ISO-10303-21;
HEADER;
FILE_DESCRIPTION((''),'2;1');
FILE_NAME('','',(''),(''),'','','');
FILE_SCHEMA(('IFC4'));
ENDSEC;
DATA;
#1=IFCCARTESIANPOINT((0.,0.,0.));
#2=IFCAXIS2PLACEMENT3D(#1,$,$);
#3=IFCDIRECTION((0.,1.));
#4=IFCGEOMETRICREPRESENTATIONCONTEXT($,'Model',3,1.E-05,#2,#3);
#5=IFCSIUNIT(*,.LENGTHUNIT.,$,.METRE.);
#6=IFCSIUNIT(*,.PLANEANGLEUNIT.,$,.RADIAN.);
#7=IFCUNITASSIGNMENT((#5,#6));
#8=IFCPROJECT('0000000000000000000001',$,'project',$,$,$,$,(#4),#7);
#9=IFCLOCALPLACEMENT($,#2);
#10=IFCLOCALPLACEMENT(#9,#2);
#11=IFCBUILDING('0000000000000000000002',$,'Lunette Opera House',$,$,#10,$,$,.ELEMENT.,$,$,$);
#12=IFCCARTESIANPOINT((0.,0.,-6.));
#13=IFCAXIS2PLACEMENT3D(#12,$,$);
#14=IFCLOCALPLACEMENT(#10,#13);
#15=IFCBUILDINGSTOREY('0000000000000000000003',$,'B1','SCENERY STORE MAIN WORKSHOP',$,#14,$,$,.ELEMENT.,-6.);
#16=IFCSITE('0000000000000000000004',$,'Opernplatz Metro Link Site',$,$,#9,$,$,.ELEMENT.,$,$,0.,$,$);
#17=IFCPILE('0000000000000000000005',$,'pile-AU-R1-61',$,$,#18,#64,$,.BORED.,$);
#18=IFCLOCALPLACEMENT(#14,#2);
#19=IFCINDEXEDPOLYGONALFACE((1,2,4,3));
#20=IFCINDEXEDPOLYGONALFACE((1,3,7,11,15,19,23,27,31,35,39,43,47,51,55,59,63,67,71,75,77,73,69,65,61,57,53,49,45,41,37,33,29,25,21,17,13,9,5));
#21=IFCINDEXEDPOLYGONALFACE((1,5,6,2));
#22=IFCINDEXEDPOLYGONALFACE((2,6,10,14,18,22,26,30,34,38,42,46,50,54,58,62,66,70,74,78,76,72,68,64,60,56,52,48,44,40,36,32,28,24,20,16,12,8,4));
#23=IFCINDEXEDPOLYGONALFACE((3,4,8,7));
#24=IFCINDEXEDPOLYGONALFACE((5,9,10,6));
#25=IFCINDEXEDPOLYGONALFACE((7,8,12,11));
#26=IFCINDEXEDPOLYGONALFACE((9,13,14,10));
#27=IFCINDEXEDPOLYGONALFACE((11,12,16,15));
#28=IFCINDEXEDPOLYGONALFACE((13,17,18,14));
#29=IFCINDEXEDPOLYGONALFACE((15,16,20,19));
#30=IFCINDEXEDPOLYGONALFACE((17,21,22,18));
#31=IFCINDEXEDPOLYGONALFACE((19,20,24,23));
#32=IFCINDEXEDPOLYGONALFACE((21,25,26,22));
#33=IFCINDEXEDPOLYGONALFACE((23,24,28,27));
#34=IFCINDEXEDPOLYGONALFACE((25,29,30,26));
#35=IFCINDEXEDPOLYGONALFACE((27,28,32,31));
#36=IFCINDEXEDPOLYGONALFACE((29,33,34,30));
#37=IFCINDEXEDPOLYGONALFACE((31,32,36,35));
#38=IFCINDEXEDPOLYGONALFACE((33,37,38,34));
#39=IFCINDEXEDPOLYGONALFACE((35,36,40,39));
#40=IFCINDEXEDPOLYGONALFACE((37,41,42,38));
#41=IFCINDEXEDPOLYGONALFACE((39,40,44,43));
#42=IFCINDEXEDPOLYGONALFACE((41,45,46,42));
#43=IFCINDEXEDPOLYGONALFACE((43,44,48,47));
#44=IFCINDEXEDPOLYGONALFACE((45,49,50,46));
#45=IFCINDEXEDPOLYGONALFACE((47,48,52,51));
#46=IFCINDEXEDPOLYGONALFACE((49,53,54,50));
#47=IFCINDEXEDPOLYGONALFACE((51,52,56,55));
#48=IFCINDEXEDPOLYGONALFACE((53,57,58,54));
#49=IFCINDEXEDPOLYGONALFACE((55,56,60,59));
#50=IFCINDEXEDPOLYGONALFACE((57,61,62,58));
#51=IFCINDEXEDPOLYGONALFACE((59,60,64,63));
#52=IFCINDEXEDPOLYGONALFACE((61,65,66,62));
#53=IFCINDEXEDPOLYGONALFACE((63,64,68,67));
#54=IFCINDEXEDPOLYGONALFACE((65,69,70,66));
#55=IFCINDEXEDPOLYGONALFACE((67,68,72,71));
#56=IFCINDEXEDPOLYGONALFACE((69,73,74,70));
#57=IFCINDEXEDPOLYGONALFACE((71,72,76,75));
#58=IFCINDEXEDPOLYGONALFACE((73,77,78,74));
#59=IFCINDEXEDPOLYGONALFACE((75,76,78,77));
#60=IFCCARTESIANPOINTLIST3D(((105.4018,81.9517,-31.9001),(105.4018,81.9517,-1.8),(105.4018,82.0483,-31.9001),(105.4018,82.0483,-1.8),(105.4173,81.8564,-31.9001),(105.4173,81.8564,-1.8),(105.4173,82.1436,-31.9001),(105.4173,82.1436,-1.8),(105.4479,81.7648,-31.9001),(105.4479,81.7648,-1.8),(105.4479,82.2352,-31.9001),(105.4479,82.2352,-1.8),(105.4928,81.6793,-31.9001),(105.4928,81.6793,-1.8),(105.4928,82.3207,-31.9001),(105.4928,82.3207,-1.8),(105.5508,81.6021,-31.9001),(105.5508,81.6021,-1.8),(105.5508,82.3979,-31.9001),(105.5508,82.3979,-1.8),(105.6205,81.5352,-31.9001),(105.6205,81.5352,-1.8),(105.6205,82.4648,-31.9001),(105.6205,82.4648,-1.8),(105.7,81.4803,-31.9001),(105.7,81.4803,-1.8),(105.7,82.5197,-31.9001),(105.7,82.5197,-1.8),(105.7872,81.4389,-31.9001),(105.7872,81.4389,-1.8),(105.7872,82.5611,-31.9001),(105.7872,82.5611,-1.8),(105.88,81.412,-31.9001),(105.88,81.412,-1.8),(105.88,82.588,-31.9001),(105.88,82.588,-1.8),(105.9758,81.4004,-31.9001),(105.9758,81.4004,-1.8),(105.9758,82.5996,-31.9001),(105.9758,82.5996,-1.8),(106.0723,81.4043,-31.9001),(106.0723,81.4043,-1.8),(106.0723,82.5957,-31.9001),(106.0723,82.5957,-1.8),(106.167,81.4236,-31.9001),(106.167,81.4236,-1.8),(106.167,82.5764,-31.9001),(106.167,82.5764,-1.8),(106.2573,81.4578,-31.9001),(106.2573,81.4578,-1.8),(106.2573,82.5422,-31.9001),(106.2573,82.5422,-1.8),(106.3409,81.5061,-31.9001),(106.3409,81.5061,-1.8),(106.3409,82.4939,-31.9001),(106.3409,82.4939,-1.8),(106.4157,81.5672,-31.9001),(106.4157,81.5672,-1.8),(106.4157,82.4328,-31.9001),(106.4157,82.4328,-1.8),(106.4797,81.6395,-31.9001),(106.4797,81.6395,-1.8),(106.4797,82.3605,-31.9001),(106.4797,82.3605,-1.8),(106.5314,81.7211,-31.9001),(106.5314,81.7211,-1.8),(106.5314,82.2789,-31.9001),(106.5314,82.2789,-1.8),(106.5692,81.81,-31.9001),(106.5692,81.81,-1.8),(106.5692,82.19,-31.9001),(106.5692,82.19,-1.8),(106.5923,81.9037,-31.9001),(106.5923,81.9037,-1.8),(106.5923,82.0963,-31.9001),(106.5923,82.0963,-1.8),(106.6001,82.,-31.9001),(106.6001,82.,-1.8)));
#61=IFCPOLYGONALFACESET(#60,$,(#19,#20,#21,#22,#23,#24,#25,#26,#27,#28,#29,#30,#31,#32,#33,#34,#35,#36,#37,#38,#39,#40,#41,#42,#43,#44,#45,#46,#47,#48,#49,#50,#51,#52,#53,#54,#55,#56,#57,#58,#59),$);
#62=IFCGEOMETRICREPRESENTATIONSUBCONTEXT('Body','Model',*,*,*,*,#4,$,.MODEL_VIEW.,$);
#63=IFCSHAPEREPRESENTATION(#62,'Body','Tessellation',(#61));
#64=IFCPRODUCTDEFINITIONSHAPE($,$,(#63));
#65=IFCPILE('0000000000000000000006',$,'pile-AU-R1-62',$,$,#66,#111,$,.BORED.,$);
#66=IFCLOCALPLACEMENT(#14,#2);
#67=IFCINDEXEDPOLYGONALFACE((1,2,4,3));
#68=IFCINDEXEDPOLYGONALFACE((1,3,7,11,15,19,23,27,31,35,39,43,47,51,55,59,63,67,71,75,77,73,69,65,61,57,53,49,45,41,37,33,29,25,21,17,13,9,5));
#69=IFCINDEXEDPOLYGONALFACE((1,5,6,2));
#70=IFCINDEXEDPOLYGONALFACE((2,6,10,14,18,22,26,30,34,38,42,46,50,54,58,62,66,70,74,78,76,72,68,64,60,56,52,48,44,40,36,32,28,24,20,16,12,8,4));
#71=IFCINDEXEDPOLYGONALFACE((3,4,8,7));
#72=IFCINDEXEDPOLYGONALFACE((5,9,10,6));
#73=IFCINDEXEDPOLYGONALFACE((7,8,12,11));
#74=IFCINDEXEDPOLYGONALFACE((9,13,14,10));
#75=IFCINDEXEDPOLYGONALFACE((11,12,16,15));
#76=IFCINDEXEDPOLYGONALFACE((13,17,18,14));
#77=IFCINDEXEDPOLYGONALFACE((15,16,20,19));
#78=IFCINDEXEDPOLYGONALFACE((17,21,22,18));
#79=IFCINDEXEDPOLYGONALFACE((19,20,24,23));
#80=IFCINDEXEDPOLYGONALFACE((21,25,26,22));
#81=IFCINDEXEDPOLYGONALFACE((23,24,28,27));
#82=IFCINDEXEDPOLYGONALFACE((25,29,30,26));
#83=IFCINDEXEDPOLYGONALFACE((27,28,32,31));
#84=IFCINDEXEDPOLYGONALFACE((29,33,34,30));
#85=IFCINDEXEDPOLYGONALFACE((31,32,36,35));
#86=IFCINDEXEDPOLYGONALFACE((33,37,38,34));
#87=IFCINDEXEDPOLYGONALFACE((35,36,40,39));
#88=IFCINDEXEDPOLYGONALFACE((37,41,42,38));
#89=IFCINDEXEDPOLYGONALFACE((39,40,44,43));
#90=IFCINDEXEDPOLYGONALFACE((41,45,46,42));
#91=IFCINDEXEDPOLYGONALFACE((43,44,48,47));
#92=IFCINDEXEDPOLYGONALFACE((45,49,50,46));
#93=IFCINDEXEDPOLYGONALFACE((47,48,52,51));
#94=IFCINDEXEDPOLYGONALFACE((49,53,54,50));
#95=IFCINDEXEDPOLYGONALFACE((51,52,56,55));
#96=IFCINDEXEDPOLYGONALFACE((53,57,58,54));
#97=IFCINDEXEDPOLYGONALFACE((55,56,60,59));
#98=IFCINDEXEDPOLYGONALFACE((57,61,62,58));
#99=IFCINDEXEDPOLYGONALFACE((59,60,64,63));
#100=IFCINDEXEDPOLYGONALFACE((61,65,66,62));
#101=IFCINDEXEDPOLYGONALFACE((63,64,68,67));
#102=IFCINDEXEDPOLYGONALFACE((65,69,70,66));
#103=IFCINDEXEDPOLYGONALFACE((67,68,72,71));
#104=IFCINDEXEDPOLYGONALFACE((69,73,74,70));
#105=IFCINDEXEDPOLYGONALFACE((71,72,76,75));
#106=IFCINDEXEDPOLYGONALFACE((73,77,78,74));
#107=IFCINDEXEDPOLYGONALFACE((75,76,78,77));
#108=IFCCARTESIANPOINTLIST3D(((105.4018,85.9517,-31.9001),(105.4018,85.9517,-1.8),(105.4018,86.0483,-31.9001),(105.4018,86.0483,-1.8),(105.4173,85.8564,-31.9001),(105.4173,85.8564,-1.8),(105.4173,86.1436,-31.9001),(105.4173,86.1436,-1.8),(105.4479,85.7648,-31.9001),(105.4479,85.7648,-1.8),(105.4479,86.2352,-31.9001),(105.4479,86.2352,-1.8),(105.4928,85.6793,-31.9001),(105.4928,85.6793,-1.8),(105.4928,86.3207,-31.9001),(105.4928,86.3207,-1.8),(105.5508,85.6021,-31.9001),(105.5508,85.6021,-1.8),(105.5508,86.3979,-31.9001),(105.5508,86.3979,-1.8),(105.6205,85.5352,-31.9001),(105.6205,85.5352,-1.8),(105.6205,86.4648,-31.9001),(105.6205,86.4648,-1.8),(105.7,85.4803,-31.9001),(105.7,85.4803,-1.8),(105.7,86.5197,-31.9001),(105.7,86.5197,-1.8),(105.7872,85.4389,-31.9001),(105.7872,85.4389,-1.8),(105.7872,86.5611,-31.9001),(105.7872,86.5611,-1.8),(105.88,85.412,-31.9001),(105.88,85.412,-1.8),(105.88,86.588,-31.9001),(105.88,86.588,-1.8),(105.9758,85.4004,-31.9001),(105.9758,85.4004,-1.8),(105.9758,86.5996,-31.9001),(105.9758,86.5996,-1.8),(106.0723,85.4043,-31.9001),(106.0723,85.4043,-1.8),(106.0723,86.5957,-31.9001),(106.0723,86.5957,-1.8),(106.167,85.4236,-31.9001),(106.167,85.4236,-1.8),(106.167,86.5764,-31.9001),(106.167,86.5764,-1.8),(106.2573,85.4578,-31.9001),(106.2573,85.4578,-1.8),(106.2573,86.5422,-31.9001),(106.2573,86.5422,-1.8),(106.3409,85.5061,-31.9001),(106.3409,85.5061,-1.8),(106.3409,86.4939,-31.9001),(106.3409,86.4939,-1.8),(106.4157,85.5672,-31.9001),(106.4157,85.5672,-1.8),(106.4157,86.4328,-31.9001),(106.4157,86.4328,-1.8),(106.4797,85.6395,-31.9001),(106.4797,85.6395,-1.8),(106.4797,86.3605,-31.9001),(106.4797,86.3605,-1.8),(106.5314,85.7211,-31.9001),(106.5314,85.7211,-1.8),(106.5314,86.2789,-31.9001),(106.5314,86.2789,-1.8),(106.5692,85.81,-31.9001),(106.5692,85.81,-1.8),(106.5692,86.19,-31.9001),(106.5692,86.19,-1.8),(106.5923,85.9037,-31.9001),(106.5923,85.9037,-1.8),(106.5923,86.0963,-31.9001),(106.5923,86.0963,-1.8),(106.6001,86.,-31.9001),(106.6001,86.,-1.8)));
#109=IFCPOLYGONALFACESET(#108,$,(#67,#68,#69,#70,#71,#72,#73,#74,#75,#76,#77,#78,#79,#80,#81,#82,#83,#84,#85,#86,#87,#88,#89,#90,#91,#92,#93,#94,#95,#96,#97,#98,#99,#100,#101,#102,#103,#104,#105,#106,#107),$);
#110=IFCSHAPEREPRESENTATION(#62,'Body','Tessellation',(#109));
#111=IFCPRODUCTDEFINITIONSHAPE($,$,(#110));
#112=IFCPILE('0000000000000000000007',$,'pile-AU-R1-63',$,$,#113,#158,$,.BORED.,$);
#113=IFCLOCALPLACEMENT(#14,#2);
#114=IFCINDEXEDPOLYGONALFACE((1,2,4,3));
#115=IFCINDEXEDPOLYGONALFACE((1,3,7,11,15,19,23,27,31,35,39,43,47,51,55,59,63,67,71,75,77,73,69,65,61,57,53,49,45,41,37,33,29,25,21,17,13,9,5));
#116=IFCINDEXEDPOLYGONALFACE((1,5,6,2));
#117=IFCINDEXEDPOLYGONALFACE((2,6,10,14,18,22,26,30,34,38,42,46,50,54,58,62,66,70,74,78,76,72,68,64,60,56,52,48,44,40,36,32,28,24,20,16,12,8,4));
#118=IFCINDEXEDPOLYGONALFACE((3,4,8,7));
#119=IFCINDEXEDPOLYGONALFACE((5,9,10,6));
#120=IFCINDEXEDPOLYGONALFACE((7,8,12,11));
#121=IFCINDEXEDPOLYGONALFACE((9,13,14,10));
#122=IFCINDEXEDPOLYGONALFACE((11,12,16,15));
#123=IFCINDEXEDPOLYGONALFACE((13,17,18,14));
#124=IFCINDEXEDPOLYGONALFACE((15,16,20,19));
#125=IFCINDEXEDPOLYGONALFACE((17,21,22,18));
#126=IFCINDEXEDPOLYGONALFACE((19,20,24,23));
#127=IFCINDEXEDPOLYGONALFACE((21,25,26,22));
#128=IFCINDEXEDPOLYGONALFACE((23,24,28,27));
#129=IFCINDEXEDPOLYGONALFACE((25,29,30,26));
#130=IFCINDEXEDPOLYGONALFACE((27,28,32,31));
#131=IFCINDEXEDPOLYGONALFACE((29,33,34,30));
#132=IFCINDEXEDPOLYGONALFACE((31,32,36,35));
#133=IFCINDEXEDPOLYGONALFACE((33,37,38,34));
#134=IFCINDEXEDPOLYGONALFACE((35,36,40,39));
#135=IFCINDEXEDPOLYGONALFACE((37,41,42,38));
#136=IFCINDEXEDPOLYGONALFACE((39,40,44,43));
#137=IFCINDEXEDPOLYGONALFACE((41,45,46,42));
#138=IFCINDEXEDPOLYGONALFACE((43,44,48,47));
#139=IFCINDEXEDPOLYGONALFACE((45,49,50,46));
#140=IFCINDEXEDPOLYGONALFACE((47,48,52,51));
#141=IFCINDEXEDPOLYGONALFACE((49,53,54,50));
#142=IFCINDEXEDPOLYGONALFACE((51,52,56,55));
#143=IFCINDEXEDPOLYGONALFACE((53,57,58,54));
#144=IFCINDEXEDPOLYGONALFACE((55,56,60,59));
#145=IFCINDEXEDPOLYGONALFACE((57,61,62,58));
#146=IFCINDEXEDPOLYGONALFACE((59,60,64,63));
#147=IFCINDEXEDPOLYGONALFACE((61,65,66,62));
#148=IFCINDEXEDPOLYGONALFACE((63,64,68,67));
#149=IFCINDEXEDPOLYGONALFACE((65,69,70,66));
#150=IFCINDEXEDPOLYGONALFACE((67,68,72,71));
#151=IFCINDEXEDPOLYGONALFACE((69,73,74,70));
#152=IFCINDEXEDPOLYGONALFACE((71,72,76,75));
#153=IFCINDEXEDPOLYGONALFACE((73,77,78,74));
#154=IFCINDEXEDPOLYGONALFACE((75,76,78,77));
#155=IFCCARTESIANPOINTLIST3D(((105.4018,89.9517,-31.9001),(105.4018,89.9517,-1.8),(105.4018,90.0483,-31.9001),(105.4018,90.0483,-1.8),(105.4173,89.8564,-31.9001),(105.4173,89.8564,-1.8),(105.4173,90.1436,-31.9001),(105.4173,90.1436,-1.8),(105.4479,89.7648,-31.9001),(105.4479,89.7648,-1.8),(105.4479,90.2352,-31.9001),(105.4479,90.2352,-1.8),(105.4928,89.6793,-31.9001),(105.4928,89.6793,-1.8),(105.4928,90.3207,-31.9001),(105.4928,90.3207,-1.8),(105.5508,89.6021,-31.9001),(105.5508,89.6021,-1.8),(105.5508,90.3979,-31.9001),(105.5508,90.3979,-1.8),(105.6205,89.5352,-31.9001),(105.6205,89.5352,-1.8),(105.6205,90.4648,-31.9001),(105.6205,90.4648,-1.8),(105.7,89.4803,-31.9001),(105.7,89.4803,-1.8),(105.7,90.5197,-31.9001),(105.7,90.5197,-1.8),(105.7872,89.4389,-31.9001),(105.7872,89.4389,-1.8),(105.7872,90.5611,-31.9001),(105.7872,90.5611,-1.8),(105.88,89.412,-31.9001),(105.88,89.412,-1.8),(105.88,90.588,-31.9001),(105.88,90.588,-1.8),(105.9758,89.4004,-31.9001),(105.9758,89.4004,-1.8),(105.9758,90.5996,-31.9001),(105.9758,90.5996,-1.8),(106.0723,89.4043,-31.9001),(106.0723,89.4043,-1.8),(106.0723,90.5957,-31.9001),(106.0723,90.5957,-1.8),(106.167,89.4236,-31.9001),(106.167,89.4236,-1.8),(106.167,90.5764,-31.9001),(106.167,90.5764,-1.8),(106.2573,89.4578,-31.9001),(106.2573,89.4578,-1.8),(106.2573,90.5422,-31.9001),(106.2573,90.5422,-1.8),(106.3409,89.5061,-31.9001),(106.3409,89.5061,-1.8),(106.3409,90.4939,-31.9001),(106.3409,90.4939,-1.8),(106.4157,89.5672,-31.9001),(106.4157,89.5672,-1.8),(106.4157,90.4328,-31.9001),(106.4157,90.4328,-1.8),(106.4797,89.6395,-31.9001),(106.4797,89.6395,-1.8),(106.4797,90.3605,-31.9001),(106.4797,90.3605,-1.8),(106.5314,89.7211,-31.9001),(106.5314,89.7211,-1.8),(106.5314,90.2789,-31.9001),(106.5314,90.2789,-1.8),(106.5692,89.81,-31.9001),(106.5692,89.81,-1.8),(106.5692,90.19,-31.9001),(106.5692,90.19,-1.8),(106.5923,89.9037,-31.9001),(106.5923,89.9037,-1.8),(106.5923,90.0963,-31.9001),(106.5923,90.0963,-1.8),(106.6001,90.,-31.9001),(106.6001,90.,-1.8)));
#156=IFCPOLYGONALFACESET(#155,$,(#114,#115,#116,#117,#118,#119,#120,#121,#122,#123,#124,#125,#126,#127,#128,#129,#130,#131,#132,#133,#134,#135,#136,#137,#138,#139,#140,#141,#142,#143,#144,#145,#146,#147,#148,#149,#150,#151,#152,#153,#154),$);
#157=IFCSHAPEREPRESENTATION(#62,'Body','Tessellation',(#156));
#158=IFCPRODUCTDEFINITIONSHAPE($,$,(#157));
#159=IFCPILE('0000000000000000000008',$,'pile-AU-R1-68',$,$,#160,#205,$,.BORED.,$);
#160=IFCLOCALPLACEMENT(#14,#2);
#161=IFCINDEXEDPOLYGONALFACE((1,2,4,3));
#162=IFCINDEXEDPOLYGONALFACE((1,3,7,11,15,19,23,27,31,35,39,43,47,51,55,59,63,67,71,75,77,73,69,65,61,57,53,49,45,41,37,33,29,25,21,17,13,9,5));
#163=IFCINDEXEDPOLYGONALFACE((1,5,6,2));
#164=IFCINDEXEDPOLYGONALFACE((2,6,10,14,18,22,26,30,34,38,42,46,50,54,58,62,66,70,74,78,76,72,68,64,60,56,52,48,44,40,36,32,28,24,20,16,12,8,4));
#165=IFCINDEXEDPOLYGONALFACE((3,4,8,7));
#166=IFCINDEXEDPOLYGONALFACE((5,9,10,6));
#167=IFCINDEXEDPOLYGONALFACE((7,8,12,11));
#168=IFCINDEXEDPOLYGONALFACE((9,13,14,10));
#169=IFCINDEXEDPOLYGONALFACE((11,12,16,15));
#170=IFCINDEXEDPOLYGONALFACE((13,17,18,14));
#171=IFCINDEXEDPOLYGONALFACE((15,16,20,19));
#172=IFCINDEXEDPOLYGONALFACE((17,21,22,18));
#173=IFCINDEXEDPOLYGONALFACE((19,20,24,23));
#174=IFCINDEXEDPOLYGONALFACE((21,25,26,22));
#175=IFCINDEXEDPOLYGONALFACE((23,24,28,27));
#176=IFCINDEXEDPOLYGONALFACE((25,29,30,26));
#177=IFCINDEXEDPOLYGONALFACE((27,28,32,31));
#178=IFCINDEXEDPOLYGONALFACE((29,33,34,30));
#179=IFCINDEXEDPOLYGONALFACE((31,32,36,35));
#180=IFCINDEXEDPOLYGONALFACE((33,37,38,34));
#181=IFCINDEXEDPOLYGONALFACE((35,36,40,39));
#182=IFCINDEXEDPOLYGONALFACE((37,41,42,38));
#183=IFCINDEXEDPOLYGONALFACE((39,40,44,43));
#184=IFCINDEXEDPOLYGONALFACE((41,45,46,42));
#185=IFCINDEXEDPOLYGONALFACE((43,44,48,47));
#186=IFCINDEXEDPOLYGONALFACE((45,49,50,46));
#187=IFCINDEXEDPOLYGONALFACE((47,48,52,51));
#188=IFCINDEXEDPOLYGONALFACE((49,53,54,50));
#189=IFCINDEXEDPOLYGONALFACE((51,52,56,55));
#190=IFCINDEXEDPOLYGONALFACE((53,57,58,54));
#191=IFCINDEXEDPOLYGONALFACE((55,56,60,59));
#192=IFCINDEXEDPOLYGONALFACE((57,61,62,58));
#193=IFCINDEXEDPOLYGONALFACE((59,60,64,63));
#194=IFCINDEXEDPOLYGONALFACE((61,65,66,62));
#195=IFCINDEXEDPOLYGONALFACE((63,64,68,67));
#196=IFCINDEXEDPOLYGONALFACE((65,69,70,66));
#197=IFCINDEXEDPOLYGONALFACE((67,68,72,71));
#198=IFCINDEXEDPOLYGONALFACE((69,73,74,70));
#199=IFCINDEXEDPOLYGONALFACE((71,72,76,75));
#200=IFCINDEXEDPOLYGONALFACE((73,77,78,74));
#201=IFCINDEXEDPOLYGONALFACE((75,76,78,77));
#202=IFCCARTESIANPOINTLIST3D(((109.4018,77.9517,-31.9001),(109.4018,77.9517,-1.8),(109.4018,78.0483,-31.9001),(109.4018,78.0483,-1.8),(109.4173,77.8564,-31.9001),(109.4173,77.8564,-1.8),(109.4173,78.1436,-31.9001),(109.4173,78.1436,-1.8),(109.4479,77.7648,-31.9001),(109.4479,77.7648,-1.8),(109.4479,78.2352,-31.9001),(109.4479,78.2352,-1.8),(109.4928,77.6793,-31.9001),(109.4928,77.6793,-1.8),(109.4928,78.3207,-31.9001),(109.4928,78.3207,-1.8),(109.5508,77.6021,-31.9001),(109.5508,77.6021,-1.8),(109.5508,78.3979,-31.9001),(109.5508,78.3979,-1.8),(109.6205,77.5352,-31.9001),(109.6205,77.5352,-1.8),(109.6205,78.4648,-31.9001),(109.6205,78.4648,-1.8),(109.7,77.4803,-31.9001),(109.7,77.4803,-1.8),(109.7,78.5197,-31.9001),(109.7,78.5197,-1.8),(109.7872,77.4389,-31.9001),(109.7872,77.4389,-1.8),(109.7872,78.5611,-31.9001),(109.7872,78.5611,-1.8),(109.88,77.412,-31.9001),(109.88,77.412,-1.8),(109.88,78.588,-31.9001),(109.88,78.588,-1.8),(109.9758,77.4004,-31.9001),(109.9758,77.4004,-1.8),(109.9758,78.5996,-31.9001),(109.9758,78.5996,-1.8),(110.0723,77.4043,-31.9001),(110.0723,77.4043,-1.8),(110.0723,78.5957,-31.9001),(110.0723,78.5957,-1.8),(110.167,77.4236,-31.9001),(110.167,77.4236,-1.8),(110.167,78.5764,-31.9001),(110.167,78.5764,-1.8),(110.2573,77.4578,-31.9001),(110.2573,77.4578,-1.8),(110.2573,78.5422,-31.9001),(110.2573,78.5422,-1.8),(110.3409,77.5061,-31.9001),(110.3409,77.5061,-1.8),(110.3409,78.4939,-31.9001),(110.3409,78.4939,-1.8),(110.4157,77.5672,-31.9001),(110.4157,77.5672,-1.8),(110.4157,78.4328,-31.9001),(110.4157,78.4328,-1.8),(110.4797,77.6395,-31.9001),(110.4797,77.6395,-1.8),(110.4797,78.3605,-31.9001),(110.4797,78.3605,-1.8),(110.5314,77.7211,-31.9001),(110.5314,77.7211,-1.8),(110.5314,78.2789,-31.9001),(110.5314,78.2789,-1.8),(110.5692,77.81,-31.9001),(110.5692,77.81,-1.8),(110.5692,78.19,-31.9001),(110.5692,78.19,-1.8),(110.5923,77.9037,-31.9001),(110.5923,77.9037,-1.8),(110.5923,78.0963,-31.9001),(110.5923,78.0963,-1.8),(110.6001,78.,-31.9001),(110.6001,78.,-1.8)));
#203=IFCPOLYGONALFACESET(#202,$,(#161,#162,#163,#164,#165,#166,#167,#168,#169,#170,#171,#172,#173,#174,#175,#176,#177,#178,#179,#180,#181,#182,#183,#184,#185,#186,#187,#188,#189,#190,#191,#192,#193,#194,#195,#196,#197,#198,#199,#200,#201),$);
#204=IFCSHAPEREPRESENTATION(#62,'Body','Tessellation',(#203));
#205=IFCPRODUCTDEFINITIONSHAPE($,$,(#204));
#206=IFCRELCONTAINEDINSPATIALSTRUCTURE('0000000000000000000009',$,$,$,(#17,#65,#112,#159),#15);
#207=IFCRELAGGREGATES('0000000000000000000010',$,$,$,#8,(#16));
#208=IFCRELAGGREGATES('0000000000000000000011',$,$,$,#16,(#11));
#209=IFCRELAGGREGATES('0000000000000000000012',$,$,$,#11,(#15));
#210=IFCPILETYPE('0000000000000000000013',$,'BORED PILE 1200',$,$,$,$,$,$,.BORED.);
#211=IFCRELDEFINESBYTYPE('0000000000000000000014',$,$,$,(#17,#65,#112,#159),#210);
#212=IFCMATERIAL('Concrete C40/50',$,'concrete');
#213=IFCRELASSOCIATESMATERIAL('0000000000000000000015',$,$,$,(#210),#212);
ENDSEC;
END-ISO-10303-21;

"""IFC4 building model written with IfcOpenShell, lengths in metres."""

from ifc_helpers import new_model, si_unit, direction, frame, origin, origin_2d, place, context, subcontext, project, spatial, circle, extrude, material, material_profile, profile_set, type_object, element, save


model = new_model("IFC4")

# Units and contexts
model_context = context("Model", 3, precision=1e-05, world=origin(), true_north=direction((0.0, 1.0)))
body_context = subcontext(model_context, "Body", "Model", "MODEL_VIEW")
ifc_project = project(units=[si_unit("LENGTHUNIT", "METRE"), si_unit("PLANEANGLEUNIT", "RADIAN")], contexts=[model_context])

# Site, building, storey
site_placement = place(None, origin())
site = spatial("IfcSite", under=ifc_project, at=site_placement, Name="Opernplatz Metro Link Site", CompositionType="ELEMENT", RefElevation=0.0)
building_placement = place(site_placement, origin())
building = spatial("IfcBuilding", under=site, at=building_placement, Name="Lunette Opera House", CompositionType="ELEMENT")
storey_placement = place(building_placement, frame((0.0, 0.0, -6.0)))
storey = spatial("IfcBuildingStorey", under=building, at=storey_placement, Name="B1", Description="SCENERY STORE MAIN WORKSHOP", CompositionType="ELEMENT", Elevation=-6.0)

# Piles
ifc_material_1 = material(Name="Concrete C40/50", Category="concrete")
ifc_material_profile = material_profile(ifc_material_1, circle(Radius=0.6001, at=origin_2d()), Name="BORED PILE 1200")
ifc_profile_set = profile_set([ifc_material_profile], Name="Concrete C40/50")
pile_type = type_object("IfcPileType", Name="BORED PILE 1200", PredefinedType="BORED", material=ifc_profile_set)
for number, where, z_axis, x_axis, name in (
    (1, (106.0, 82.0, -1.8), (0.0, 0.0, -1.0), (1.0, 0.0, 0.0), "pile-AU-R1-61"),
    (2, (106.0, 86.0, -1.8), (0.0, 0.0, -1.0), (1.0, 0.0, 0.0), "pile-AU-R1-62"),
    (3, (106.0, 90.0, -1.8), (0.0, 0.0, -1.0), (1.0, 0.0, 0.0), "pile-AU-R1-63"),
    (4, (110.0, 78.0, -1.8), (0.0, 0.0, -1.0), (1.0, 0.0, 0.0), "pile-AU-R1-68"),
):
    element("IfcPile", number, at=place(storey_placement, frame(where, z_axis=z_axis, x_axis=x_axis)), inside=storey, type_object=pile_type, Name=name, PredefinedType="BORED", context=body_context, shape_type="SweptSolid", body=[
        extrude(circle(Radius=0.6001, at=origin_2d()), origin(), (0.0, 0.0, 1.0), 30.1001),
    ])

save(model, "model.ifc")
